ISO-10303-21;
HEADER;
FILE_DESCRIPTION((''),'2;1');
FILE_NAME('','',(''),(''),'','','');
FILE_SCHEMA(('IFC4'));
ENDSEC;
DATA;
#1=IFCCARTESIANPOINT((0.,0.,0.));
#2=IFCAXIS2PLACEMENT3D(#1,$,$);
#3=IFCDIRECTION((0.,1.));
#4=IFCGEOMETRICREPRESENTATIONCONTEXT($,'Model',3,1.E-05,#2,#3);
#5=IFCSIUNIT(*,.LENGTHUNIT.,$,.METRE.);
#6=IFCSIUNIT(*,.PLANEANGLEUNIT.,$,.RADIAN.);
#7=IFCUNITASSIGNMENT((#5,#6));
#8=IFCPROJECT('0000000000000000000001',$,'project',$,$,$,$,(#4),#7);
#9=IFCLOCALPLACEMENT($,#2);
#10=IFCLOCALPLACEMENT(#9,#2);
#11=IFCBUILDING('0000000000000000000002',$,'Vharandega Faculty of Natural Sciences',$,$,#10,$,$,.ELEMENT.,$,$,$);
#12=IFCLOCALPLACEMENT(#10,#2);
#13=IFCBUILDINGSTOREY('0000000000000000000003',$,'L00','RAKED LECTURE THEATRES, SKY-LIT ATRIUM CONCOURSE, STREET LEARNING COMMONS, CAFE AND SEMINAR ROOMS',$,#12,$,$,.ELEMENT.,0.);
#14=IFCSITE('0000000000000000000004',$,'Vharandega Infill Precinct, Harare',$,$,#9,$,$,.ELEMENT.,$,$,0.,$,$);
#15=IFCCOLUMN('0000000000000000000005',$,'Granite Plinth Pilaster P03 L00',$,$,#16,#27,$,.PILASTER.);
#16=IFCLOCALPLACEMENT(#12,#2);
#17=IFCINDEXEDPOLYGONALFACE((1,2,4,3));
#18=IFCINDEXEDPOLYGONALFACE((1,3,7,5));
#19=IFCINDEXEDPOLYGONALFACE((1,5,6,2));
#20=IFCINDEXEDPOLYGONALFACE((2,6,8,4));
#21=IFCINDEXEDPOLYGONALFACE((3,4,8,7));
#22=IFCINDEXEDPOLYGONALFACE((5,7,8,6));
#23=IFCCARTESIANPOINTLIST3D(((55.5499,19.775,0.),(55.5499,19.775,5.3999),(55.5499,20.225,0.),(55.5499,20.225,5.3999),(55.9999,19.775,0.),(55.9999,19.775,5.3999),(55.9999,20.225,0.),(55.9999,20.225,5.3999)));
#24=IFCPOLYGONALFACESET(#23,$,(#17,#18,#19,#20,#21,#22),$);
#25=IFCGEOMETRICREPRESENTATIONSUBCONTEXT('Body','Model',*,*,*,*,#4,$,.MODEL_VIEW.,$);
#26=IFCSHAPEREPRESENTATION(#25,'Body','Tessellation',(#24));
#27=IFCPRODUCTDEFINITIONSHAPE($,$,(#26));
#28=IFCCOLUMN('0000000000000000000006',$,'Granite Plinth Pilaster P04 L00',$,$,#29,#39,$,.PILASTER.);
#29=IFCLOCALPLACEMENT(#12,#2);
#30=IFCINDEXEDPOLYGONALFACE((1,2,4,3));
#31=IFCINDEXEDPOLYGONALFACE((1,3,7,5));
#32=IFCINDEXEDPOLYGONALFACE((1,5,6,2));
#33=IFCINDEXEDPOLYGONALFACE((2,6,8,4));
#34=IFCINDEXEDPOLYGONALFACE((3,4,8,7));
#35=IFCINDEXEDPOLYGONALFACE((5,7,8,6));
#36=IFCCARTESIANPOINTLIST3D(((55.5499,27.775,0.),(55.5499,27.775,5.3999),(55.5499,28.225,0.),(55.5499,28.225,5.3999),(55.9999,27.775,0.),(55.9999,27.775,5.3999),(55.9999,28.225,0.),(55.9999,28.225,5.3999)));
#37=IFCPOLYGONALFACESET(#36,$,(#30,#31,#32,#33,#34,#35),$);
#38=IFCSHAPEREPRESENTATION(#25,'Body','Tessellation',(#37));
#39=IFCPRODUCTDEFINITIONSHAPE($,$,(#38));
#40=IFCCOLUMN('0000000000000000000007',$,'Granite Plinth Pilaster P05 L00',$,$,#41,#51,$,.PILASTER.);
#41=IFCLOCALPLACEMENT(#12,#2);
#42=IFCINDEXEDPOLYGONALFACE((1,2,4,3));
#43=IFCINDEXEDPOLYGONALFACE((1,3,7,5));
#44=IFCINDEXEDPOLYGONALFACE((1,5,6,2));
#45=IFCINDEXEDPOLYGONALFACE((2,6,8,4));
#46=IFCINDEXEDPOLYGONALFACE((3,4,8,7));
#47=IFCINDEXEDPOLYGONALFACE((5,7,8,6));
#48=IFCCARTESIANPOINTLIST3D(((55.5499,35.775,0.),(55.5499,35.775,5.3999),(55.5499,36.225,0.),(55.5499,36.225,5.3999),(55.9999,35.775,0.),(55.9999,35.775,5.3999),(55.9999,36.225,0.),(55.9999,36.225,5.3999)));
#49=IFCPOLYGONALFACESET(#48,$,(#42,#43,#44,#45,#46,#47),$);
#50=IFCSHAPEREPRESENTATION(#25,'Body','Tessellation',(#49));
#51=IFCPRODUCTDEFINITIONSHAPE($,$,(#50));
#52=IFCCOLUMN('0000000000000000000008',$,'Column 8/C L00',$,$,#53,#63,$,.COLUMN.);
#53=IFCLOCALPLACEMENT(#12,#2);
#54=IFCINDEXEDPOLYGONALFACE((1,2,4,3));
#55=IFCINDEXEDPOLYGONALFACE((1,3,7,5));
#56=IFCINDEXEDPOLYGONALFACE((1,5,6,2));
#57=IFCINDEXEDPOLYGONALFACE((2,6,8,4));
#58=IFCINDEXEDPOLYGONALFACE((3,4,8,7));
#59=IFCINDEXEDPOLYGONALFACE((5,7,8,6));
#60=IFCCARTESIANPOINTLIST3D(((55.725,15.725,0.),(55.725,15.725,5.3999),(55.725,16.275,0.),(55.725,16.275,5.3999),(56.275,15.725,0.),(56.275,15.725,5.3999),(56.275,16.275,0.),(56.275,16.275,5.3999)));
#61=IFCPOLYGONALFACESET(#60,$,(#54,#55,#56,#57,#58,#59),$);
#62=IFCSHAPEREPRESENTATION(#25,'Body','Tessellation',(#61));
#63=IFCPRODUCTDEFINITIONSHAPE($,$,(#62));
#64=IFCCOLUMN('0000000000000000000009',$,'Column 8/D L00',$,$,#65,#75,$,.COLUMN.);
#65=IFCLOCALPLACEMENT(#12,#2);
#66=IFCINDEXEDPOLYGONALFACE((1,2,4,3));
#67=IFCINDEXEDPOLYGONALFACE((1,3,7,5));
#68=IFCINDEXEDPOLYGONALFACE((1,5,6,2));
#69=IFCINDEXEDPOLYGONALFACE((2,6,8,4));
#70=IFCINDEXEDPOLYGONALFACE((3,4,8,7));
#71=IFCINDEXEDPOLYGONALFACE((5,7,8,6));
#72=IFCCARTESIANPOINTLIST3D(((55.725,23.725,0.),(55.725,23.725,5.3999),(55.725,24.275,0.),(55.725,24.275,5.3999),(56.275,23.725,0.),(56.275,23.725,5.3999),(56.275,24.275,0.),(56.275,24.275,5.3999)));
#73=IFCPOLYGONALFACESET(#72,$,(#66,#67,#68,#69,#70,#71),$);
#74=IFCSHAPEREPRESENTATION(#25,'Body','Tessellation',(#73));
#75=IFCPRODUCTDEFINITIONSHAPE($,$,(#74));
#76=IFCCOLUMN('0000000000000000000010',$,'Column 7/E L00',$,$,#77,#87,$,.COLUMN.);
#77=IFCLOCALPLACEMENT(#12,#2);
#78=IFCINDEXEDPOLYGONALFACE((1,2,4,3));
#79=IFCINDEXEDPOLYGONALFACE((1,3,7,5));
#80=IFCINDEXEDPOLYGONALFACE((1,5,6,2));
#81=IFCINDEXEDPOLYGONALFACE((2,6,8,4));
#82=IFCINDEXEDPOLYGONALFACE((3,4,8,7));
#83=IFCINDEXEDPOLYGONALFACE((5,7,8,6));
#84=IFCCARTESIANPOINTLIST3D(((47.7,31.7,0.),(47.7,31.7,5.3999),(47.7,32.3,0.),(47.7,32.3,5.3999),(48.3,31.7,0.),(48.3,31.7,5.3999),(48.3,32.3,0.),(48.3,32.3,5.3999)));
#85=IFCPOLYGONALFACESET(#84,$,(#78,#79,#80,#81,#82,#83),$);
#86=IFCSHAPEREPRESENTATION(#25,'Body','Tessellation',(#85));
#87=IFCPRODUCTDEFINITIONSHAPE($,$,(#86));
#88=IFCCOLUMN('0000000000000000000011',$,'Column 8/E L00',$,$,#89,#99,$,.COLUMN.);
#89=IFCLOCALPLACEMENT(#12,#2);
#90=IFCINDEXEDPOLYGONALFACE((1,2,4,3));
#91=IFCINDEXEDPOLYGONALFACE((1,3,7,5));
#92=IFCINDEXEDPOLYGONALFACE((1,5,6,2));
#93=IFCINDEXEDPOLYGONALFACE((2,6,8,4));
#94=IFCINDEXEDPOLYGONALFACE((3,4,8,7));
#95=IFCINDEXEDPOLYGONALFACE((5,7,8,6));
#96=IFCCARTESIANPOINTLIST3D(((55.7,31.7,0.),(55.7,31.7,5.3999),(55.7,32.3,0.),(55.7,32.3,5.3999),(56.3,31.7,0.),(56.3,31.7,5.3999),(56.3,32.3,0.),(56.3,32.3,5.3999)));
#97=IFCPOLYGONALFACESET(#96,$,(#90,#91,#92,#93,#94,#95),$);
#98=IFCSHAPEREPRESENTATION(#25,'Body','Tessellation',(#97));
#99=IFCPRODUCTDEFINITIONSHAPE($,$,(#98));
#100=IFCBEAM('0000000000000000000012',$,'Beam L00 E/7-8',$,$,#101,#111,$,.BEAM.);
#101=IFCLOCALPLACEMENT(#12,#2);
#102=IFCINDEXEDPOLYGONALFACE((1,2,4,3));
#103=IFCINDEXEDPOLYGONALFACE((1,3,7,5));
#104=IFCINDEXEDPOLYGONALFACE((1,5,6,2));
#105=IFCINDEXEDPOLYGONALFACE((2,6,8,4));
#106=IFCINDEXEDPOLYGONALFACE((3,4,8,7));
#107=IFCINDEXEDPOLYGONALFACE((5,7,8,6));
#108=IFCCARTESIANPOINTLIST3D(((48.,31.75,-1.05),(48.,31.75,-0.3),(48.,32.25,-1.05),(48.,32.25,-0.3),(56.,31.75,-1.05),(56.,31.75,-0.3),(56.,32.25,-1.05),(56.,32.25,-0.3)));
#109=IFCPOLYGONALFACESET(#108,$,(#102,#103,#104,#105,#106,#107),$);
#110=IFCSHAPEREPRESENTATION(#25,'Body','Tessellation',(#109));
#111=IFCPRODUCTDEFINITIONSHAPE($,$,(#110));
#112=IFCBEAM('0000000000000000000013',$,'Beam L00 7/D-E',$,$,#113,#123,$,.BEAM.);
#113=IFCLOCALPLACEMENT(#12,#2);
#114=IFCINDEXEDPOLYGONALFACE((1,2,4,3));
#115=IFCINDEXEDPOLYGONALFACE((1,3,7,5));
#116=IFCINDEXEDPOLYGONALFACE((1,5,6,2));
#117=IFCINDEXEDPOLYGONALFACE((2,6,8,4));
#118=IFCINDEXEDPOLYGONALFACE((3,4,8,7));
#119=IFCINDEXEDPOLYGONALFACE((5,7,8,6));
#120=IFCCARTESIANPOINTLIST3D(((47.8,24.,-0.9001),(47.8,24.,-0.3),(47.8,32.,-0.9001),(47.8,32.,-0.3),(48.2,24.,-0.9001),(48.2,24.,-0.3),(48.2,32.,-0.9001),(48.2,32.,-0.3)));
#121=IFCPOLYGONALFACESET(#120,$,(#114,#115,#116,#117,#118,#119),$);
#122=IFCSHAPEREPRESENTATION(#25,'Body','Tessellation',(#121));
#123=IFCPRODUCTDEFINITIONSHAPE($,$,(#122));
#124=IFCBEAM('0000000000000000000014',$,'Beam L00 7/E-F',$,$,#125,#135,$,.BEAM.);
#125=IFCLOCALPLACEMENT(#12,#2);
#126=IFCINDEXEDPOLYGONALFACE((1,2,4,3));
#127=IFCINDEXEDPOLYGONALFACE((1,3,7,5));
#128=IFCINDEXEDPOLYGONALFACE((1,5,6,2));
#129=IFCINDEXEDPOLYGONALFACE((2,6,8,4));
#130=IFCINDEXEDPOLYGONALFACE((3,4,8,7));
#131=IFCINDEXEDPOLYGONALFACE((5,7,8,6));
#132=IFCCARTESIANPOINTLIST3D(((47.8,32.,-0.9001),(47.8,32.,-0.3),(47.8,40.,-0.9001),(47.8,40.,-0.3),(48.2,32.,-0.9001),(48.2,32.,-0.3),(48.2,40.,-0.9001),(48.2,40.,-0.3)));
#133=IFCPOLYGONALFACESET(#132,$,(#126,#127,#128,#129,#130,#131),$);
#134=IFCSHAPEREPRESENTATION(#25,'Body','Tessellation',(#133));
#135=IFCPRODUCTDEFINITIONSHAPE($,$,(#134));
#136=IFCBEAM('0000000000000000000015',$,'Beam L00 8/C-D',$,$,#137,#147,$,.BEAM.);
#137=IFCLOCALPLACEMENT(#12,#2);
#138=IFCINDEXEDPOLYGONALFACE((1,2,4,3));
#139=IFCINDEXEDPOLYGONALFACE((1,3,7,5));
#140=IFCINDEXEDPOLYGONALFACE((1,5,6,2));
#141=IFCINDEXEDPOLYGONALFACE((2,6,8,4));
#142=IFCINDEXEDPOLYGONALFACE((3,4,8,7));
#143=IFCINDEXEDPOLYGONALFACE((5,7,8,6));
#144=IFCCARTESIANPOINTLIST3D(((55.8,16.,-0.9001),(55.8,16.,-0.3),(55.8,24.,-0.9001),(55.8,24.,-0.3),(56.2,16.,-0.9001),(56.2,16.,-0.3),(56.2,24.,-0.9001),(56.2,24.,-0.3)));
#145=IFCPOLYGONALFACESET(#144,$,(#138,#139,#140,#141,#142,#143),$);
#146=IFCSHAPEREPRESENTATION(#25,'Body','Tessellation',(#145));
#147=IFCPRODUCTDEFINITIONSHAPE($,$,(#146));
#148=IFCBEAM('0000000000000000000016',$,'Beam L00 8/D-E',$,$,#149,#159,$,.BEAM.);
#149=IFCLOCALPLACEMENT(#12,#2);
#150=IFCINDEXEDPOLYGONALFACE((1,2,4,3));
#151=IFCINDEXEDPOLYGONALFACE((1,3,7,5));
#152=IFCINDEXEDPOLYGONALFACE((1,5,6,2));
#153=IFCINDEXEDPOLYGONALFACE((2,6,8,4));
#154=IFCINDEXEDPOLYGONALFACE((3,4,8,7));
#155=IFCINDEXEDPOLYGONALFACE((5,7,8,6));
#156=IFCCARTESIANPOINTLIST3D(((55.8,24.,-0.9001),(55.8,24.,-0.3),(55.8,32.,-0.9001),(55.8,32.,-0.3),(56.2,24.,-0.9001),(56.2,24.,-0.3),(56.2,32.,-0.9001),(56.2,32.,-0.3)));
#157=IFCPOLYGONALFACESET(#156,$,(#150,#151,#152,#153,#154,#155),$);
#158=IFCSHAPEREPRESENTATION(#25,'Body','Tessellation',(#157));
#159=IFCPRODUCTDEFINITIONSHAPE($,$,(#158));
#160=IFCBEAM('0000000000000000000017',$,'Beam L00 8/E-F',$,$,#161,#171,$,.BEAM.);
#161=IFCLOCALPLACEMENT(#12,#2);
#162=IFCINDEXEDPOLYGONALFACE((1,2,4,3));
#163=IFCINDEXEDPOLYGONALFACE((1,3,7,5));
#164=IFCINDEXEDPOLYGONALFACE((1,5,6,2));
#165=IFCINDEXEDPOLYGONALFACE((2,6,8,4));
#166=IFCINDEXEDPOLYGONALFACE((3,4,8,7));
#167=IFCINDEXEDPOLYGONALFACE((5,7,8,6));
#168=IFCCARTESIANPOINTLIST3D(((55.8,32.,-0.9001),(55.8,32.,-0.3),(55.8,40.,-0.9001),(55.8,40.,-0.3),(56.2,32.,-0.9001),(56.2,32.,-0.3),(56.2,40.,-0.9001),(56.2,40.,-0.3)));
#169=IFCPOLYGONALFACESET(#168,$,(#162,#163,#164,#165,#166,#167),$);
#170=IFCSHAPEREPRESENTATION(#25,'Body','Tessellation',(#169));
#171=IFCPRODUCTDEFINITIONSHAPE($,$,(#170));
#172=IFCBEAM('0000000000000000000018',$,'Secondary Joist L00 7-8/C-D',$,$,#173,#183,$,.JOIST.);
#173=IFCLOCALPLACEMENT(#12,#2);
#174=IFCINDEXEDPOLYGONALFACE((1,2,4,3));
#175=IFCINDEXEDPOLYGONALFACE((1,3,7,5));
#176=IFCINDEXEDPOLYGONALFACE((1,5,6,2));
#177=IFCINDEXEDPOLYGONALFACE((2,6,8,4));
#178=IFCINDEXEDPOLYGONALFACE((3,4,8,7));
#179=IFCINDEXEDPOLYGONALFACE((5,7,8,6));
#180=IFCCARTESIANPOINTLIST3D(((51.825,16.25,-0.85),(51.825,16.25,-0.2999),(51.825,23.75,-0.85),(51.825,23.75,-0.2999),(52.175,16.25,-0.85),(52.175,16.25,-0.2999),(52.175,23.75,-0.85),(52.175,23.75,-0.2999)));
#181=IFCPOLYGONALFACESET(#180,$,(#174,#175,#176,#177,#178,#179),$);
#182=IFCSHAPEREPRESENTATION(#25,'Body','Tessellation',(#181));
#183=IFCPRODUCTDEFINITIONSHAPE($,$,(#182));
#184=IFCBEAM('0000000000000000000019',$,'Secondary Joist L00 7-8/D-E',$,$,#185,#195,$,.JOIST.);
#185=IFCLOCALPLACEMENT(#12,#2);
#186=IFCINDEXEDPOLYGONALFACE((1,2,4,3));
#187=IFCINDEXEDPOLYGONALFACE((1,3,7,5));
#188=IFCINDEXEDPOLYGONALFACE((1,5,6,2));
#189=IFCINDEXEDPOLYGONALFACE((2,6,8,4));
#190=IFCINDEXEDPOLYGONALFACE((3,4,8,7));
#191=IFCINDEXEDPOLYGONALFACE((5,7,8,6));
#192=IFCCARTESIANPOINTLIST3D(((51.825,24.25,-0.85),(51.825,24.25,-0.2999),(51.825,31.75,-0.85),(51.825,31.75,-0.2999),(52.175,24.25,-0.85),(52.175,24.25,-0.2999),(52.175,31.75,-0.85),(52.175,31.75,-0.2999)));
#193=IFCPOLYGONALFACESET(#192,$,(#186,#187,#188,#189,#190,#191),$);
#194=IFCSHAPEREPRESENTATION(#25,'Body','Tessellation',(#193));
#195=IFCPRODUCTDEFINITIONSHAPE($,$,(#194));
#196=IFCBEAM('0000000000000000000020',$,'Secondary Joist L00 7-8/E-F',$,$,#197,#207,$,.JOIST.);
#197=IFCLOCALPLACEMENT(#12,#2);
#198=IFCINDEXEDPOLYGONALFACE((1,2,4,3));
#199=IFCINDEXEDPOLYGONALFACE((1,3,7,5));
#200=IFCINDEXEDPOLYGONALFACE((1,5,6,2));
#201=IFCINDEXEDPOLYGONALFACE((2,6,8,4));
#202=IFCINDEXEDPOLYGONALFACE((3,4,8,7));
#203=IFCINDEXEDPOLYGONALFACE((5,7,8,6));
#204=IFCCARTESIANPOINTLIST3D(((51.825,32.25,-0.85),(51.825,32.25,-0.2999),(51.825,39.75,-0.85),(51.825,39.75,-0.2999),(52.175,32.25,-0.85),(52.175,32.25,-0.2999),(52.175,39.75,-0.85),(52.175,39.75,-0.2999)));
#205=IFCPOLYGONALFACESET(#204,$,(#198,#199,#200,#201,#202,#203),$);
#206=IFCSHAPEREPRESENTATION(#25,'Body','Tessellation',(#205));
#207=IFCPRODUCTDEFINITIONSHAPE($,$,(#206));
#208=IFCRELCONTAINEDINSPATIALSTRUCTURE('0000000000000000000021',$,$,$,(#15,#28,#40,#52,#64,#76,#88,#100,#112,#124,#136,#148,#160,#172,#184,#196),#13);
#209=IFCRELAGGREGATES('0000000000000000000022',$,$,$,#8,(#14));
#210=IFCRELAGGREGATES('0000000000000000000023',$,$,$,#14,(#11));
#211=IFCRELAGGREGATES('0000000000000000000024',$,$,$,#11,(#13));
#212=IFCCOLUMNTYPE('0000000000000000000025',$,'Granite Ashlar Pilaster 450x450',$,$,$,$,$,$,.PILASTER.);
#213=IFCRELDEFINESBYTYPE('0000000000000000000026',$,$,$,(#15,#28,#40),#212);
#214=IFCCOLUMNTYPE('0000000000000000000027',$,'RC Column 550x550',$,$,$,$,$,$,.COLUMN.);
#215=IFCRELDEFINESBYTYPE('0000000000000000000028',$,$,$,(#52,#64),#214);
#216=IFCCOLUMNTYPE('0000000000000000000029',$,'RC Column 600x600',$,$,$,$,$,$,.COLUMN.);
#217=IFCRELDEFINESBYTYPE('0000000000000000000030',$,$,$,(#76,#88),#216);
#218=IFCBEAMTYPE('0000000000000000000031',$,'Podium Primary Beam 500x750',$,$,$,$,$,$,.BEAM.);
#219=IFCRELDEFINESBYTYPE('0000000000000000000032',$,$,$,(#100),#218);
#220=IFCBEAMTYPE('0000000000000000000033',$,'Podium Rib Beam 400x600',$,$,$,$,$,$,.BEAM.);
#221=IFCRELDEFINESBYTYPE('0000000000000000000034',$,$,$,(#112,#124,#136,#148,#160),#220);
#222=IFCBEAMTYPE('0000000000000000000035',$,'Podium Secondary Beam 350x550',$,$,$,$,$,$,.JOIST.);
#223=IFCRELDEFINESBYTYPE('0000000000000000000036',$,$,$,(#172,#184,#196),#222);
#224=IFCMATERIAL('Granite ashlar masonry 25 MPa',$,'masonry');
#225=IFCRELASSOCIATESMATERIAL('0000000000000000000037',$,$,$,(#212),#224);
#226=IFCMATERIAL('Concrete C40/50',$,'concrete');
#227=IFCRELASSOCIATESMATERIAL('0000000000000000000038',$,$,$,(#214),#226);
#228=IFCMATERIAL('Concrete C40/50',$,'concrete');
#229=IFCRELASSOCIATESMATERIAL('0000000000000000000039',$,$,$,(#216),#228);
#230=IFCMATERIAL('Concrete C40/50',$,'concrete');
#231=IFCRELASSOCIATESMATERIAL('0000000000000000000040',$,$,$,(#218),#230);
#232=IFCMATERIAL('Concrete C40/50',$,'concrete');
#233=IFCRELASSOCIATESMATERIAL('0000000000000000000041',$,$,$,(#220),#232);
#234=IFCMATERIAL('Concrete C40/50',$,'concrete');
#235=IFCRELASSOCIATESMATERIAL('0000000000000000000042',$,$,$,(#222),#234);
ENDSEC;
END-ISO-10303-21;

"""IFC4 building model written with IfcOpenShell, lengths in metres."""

from ifc_helpers import new_model, si_unit, direction, frame, origin, origin_2d, place, context, subcontext, project, spatial, rectangle, extrude, material, material_profile, profile_set, type_object, element, save


model = new_model("IFC4")

# Units and contexts
model_context = context("Model", 3, precision=1e-05, world=origin(), true_north=direction((0.0, 1.0)))
body_context = subcontext(model_context, "Body", "Model", "MODEL_VIEW")
ifc_project = project(units=[si_unit("LENGTHUNIT", "METRE"), si_unit("PLANEANGLEUNIT", "RADIAN")], contexts=[model_context])

# Site, building, storey
site_placement = place(None, origin())
site = spatial("IfcSite", under=ifc_project, at=site_placement, Name="Vharandega Infill Precinct, Harare", CompositionType="ELEMENT", RefElevation=0.0)
building_placement = place(site_placement, origin())
building = spatial("IfcBuilding", under=site, at=building_placement, Name="Vharandega Faculty of Natural Sciences", CompositionType="ELEMENT")
storey_placement = place(building_placement, origin())
storey = spatial("IfcBuildingStorey", under=building, at=storey_placement, Name="L00", Description="RAKED LECTURE THEATRES, SKY-LIT ATRIUM CONCOURSE, STREET LEARNING COMMONS, CAFE AND SEMINAR ROOMS", CompositionType="ELEMENT", Elevation=0.0)

# Columns
ifc_material_1 = material(Name="Granite ashlar masonry 25 MPa", Category="masonry")
ifc_material_profile_1 = material_profile(ifc_material_1, rectangle(XDim=0.45, YDim=0.45, at=origin_2d()), Name="RECT 450X450")
ifc_profile_set_1 = profile_set([ifc_material_profile_1], Name="Granite ashlar masonry 25 MPa")
column_type_1 = type_object("IfcColumnType", Name="Granite Ashlar Pilaster 450x450", PredefinedType="PILASTER", material=ifc_profile_set_1)
for number, where, z_axis, x_axis, name in (
    (1, (55.7749, 20.0, 0.0), (0.0, 0.0, 1.0), (1.0, 0.0, 0.0), "Granite Plinth Pilaster P03 L00"),
    (2, (55.7749, 28.0, 0.0), (0.0, 0.0, 1.0), (1.0, 0.0, 0.0), "Granite Plinth Pilaster P04 L00"),
    (3, (55.7749, 36.0, 0.0), (0.0, 0.0, 1.0), (1.0, 0.0, 0.0), "Granite Plinth Pilaster P05 L00"),
):
    element("IfcColumn", number, at=place(storey_placement, frame(where, z_axis=z_axis, x_axis=x_axis)), inside=storey, type_object=column_type_1, Name=name, PredefinedType="PILASTER", context=body_context, shape_type="SweptSolid", body=[
        extrude(rectangle(XDim=0.45, YDim=0.45, at=origin_2d()), origin(), (0.0, 0.0, 1.0), 5.3999),
    ])
ifc_material_2 = material(Name="Concrete C40/50", Category="concrete")
ifc_material_profile_2 = material_profile(ifc_material_2, rectangle(XDim=0.55, YDim=0.55, at=origin_2d()), Name="RC 550x550")
ifc_profile_set_2 = profile_set([ifc_material_profile_2], Name="Concrete C40/50")
column_type_2 = type_object("IfcColumnType", Name="RC Column 550x550", PredefinedType="COLUMN", material=ifc_profile_set_2)
for number, where, z_axis, x_axis, name in (
    (4, (56.0, 16.0, 0.0), (0.0, 0.0, 1.0), (1.0, 0.0, 0.0), "Column 8/C L00"),
    (5, (56.0, 24.0, 0.0), (0.0, 0.0, 1.0), (1.0, 0.0, 0.0), "Column 8/D L00"),
):
    element("IfcColumn", number, at=place(storey_placement, frame(where, z_axis=z_axis, x_axis=x_axis)), inside=storey, type_object=column_type_2, Name=name, PredefinedType="COLUMN", context=body_context, shape_type="SweptSolid", body=[
        extrude(rectangle(XDim=0.55, YDim=0.55, at=origin_2d()), origin(), (0.0, 0.0, 1.0), 5.3999),
    ])
ifc_material_3 = material(Name="Concrete C40/50", Category="concrete")
ifc_material_profile_3 = material_profile(ifc_material_3, rectangle(XDim=0.6001, YDim=0.6001, at=origin_2d()), Name="RC 600x600")
ifc_profile_set_3 = profile_set([ifc_material_profile_3], Name="Concrete C40/50")
column_type_3 = type_object("IfcColumnType", Name="RC Column 600x600", PredefinedType="COLUMN", material=ifc_profile_set_3)
for number, where, z_axis, x_axis, name in (
    (6, (48.0, 32.0, 0.0), (0.0, 0.0, 1.0), (1.0, 0.0, 0.0), "Column 7/E L00"),
    (7, (56.0, 32.0, 0.0), (0.0, 0.0, 1.0), (1.0, 0.0, 0.0), "Column 8/E L00"),
):
    element("IfcColumn", number, at=place(storey_placement, frame(where, z_axis=z_axis, x_axis=x_axis)), inside=storey, type_object=column_type_3, Name=name, PredefinedType="COLUMN", context=body_context, shape_type="SweptSolid", body=[
        extrude(rectangle(XDim=0.6001, YDim=0.6001, at=origin_2d()), origin(), (0.0, 0.0, 1.0), 5.3999),
    ])

# Beams
ifc_material_4 = material(Name="Concrete C40/50", Category="concrete")
ifc_material_profile_4 = material_profile(ifc_material_4, rectangle(XDim=0.5, YDim=0.75, at=origin_2d()), Name="RC 500x750")
ifc_profile_set_4 = profile_set([ifc_material_profile_4], Name="Concrete C40/50")
beam_type_1 = type_object("IfcBeamType", Name="Podium Primary Beam 500x750", PredefinedType="BEAM", material=ifc_profile_set_4)
beam_placement = place(storey_placement, frame((48.0, 32.0, -0.675), z_axis=(1.0, 0.0, 0.0), x_axis=(0.0, 1.0, 0.0)))
element("IfcBeam", 8, at=beam_placement, inside=storey, type_object=beam_type_1, Name="Beam L00 E/7-8", PredefinedType="BEAM", context=body_context, shape_type="SweptSolid", body=[
    extrude(rectangle(XDim=0.5, YDim=0.75, at=origin_2d()), origin(), (0.0, 0.0, 1.0), 8.0),
])
ifc_material_5 = material(Name="Concrete C40/50", Category="concrete")
ifc_material_profile_5 = material_profile(ifc_material_5, rectangle(XDim=0.3999, YDim=0.6001, at=origin_2d()), Name="RC 400x600")
ifc_profile_set_5 = profile_set([ifc_material_profile_5], Name="Concrete C40/50")
beam_type_2 = type_object("IfcBeamType", Name="Podium Rib Beam 400x600", PredefinedType="BEAM", material=ifc_profile_set_5)
for number, where, z_axis, x_axis, name in (
    (9, (48.0, 24.0, -0.6001), (0.0, 1.0, 0.0), (-1.0, 0.0, 0.0), "Beam L00 7/D-E"),
    (10, (48.0, 32.0, -0.6001), (0.0, 1.0, 0.0), (-1.0, 0.0, 0.0), "Beam L00 7/E-F"),
    (11, (56.0, 16.0, -0.6001), (0.0, 1.0, 0.0), (-1.0, 0.0, 0.0), "Beam L00 8/C-D"),
    (12, (56.0, 24.0, -0.6001), (0.0, 1.0, 0.0), (-1.0, 0.0, 0.0), "Beam L00 8/D-E"),
    (13, (56.0, 32.0, -0.6001), (0.0, 1.0, 0.0), (-1.0, 0.0, 0.0), "Beam L00 8/E-F"),
):
    element("IfcBeam", number, at=place(storey_placement, frame(where, z_axis=z_axis, x_axis=x_axis)), inside=storey, type_object=beam_type_2, Name=name, PredefinedType="BEAM", context=body_context, shape_type="SweptSolid", body=[
        extrude(rectangle(XDim=0.3999, YDim=0.6001, at=origin_2d()), origin(), (0.0, 0.0, 1.0), 8.0),
    ])
ifc_material_6 = material(Name="Concrete C40/50", Category="concrete")
ifc_material_profile_6 = material_profile(ifc_material_6, rectangle(XDim=0.3501, YDim=0.55, at=origin_2d()), Name="RC 350x550")
ifc_profile_set_6 = profile_set([ifc_material_profile_6], Name="Concrete C40/50")
beam_type_3 = type_object("IfcBeamType", Name="Podium Secondary Beam 350x550", PredefinedType="JOIST", material=ifc_profile_set_6)
for number, where, z_axis, x_axis, name in (
    (14, (52.0, 16.25, -0.575), (0.0, 1.0, 0.0), (-1.0, 0.0, 0.0), "Secondary Joist L00 7-8/C-D"),
    (15, (52.0, 24.25, -0.575), (0.0, 1.0, 0.0), (-1.0, 0.0, 0.0), "Secondary Joist L00 7-8/D-E"),
    (16, (52.0, 32.25, -0.575), (0.0, 1.0, 0.0), (-1.0, 0.0, 0.0), "Secondary Joist L00 7-8/E-F"),
):
    element("IfcBeam", number, at=place(storey_placement, frame(where, z_axis=z_axis, x_axis=x_axis)), inside=storey, type_object=beam_type_3, Name=name, PredefinedType="JOIST", context=body_context, shape_type="SweptSolid", body=[
        extrude(rectangle(XDim=0.3501, YDim=0.55, at=origin_2d()), origin(), (0.0, 0.0, 1.0), 7.5),
    ])

save(model, "model.ifc")
